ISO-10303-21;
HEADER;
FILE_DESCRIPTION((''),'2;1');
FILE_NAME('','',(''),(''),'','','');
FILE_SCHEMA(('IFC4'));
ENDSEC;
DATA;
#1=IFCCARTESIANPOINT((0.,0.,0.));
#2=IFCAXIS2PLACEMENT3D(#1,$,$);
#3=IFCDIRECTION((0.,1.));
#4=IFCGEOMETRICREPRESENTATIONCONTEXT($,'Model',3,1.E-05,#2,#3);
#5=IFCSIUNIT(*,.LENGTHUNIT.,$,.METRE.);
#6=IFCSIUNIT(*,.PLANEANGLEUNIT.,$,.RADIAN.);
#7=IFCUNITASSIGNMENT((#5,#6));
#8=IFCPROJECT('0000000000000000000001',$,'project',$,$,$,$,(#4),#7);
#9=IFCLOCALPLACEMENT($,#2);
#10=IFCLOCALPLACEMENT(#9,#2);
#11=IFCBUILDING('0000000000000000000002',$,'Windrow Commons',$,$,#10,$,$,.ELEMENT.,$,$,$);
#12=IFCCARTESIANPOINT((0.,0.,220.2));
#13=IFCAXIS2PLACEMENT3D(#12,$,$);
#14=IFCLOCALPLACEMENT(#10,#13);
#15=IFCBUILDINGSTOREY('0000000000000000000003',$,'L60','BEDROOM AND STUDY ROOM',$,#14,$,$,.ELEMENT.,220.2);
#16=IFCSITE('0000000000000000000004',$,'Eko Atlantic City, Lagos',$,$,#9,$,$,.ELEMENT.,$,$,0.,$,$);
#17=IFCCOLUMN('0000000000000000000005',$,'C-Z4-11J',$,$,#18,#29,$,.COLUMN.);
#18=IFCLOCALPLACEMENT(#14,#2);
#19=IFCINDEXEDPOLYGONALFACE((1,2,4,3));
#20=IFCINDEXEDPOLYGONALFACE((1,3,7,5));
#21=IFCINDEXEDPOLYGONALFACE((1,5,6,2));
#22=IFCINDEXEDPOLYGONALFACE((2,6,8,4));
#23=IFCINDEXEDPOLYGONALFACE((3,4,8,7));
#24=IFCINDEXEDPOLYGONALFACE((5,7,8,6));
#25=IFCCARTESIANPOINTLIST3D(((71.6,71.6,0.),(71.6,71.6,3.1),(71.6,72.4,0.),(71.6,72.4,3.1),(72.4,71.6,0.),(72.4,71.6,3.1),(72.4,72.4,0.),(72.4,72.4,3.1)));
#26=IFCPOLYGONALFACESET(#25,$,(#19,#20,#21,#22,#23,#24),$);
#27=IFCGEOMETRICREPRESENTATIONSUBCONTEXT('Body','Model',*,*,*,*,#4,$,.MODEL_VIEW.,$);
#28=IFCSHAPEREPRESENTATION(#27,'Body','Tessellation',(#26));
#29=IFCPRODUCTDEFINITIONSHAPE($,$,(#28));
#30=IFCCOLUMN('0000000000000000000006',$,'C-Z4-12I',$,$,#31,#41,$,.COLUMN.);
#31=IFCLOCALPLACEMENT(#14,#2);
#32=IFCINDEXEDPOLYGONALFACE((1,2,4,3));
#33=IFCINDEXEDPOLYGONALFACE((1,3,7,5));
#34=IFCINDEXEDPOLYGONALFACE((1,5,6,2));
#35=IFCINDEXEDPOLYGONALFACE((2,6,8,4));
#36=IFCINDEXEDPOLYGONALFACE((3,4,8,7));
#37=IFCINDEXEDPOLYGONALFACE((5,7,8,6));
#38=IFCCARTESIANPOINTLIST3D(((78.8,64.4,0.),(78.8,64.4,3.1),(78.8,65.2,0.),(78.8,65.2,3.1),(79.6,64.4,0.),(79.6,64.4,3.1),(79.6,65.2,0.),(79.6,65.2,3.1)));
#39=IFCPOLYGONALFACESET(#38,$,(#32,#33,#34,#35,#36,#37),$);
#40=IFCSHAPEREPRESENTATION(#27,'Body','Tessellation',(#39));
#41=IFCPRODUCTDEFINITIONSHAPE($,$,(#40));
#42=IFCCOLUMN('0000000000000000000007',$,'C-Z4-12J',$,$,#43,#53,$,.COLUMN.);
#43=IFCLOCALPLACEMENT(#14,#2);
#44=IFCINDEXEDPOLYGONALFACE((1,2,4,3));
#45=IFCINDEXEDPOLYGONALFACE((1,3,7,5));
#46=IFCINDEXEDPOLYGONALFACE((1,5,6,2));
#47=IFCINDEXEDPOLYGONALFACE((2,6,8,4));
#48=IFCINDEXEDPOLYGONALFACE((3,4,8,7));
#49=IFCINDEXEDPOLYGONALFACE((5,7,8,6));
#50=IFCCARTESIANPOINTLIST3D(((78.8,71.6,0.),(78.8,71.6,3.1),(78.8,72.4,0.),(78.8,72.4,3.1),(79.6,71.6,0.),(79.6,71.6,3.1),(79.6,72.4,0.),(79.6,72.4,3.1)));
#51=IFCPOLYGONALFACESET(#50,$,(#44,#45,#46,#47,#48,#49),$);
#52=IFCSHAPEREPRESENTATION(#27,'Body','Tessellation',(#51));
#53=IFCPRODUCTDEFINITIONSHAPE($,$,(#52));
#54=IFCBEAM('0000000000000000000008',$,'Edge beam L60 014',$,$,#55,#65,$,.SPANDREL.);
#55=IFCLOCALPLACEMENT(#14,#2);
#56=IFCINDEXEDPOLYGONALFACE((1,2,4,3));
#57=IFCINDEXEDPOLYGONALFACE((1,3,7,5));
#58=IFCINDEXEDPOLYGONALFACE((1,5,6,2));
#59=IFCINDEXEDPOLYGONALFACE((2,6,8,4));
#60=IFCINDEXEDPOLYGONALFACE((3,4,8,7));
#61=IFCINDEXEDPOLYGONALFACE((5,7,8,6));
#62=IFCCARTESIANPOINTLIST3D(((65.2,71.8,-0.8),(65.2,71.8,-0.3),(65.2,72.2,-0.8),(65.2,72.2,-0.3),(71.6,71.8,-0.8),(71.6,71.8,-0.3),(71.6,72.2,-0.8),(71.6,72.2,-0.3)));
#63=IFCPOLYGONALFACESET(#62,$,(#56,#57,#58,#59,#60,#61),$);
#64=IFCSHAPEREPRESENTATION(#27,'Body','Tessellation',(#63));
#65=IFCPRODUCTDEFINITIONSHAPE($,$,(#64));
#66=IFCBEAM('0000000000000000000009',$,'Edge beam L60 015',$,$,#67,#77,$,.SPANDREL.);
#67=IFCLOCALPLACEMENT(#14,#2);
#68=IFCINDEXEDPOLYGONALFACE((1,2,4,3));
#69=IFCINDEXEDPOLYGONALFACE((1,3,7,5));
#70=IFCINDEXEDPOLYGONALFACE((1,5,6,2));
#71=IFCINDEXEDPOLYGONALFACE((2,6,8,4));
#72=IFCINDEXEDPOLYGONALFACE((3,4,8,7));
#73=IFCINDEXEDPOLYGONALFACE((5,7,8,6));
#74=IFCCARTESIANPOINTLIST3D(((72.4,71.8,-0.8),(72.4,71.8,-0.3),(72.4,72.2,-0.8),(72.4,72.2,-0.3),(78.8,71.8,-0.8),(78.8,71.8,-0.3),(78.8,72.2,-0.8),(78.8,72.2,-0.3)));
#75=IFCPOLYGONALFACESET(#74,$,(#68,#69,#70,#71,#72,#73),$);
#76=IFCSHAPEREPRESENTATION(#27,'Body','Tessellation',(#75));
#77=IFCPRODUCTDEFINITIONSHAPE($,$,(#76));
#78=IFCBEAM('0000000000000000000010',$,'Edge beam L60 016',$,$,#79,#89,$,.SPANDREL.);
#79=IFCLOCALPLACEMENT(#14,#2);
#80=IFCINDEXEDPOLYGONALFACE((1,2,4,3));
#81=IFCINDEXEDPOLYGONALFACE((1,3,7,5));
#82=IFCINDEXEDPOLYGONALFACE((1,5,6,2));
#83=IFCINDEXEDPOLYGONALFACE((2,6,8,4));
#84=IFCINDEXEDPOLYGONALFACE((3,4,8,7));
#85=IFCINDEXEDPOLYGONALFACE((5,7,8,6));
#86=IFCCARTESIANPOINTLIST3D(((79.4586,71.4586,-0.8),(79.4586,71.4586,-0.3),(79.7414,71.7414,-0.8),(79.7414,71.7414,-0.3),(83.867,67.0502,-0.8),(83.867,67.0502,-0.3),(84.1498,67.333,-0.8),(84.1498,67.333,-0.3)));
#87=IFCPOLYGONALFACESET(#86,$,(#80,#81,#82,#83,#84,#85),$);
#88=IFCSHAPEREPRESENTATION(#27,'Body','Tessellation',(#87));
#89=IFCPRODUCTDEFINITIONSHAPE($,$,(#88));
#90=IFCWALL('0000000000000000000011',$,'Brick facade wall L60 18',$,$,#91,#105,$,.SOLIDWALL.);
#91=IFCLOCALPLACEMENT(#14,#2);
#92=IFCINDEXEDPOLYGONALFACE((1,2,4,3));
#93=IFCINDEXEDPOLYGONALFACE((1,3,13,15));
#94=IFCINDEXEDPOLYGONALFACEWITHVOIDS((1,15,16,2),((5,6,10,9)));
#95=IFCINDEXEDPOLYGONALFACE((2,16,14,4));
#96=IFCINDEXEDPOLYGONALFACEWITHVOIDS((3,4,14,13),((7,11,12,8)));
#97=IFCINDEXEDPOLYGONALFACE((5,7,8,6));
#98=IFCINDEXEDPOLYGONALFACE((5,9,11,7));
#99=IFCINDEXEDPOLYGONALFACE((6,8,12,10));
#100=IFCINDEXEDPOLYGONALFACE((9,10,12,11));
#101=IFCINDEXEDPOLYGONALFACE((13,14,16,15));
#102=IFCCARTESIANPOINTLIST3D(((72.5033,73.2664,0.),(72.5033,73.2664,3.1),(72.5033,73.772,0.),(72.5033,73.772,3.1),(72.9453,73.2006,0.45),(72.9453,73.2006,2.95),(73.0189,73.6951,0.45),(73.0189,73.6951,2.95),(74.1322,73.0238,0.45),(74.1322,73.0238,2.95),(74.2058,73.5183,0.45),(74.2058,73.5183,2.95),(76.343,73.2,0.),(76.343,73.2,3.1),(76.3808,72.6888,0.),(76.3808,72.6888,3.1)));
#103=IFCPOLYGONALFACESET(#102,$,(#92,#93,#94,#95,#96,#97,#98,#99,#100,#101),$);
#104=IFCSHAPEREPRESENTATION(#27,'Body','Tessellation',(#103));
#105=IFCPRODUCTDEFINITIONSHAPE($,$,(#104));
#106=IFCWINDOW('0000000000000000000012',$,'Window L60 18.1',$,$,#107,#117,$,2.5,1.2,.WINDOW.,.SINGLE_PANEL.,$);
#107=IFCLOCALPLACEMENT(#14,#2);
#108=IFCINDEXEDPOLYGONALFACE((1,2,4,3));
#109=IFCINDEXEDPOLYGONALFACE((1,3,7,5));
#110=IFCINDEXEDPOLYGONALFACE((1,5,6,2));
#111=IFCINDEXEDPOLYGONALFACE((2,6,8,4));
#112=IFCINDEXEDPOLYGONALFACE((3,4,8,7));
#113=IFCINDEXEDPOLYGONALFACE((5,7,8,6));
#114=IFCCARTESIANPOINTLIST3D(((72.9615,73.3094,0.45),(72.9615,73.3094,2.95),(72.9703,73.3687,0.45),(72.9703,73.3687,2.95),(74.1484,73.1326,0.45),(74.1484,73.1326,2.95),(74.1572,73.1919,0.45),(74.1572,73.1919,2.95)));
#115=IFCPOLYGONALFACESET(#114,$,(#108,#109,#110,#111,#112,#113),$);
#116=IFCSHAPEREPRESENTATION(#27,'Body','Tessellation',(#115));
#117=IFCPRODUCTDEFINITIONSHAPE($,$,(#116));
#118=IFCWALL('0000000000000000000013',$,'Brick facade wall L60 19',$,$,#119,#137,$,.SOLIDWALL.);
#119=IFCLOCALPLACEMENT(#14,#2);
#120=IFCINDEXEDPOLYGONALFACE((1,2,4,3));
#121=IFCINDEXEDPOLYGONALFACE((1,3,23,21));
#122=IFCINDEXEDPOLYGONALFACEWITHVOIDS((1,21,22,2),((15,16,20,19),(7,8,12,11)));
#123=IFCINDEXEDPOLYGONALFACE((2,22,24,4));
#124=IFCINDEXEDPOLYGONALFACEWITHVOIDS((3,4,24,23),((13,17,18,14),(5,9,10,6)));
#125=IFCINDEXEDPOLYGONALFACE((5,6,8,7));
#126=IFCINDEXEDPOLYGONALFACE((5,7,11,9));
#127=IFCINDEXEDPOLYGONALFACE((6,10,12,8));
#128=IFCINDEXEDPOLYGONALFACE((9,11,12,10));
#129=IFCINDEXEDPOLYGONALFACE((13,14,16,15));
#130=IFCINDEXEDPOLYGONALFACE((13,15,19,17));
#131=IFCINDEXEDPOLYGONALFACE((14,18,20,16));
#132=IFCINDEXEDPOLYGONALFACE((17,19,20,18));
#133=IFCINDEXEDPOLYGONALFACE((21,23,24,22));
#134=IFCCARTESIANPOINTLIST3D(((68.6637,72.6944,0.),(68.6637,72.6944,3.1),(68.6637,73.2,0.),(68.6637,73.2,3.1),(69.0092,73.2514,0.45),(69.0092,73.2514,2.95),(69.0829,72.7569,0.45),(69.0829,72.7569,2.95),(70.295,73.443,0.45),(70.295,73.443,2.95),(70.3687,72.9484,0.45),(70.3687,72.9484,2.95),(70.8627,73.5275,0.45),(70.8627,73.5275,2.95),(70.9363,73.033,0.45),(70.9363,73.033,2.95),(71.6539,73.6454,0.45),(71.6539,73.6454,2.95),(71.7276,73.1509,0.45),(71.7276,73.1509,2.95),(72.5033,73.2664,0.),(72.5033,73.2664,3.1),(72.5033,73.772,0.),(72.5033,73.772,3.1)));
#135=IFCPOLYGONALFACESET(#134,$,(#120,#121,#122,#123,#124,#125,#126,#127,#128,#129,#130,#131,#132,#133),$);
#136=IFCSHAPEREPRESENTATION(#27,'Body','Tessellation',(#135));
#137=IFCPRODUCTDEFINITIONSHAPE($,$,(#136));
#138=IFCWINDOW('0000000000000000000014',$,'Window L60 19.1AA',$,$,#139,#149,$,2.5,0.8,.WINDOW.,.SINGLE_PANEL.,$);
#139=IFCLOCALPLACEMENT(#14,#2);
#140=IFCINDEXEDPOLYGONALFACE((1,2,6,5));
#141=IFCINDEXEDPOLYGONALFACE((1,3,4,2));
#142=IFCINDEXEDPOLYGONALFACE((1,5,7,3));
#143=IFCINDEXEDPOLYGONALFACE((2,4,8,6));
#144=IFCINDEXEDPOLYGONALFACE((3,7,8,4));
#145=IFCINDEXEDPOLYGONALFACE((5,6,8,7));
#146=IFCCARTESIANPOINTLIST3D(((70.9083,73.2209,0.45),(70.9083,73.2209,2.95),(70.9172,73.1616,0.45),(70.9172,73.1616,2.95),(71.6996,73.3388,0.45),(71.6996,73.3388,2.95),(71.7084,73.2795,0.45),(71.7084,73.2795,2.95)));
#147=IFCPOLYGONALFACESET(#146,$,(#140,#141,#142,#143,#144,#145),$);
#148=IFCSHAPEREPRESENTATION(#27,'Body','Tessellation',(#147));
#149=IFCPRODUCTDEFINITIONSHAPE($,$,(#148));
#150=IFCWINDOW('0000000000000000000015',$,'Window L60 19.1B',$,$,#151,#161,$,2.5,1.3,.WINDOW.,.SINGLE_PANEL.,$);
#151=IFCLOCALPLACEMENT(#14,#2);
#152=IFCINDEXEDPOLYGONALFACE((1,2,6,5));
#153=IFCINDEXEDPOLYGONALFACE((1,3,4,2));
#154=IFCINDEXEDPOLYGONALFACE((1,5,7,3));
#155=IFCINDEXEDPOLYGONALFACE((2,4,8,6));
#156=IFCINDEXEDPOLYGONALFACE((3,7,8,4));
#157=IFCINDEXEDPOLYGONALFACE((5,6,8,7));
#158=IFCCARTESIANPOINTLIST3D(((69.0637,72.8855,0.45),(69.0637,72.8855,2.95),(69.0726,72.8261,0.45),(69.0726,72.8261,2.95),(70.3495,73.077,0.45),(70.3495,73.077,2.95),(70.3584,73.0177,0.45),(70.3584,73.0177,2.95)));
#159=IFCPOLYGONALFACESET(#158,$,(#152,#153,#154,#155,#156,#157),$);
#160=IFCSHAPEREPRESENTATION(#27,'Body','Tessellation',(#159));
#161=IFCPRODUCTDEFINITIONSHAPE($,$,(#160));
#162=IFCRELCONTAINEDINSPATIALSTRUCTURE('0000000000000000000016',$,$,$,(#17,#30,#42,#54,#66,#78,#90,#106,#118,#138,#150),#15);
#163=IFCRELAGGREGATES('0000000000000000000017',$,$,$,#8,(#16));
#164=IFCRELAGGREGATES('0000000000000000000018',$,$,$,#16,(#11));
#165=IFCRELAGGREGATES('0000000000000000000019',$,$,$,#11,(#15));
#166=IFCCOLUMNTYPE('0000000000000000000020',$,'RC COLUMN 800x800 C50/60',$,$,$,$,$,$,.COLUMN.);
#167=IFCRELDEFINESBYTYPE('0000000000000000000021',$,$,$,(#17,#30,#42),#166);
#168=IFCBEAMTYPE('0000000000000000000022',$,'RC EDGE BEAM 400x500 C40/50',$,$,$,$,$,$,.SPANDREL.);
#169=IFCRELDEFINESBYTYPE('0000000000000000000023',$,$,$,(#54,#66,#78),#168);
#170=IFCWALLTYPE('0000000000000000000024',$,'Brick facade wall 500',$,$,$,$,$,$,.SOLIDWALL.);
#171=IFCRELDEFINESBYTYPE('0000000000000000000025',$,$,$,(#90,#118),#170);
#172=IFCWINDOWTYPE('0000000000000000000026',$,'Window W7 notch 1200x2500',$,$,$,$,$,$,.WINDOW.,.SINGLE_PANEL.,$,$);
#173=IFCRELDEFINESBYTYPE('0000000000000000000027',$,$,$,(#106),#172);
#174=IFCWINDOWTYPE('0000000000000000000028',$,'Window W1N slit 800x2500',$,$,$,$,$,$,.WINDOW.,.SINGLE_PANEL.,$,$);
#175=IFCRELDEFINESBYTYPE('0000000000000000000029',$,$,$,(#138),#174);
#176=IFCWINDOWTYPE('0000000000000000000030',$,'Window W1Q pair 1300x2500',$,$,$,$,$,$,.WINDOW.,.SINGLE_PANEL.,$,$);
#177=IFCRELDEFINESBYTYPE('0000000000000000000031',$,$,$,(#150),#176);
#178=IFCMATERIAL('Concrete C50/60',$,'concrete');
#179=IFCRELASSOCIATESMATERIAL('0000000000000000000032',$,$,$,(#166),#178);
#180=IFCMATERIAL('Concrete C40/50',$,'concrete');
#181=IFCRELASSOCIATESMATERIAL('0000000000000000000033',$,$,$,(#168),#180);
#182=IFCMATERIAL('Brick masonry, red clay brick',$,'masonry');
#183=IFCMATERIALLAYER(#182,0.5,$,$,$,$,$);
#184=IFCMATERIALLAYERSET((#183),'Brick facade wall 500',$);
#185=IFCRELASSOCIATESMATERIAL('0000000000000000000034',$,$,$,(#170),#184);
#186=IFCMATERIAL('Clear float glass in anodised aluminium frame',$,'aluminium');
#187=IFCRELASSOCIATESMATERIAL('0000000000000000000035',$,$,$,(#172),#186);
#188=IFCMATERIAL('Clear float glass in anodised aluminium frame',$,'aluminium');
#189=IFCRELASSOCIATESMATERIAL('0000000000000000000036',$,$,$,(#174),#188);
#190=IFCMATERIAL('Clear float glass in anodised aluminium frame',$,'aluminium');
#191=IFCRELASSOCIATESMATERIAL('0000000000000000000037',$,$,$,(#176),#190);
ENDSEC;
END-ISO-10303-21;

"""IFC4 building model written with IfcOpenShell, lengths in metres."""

from ifc_helpers import new_model, si_unit, direction, frame, frame_2d, origin, origin_2d, place, context, subcontext, project, spatial, polyline, rectangle, outline, extrude, material, layer, layer_set, material_profile, profile_set, type_object, element, fill, save


model = new_model("IFC4")

# Units and contexts
model_context = context("Model", 3, precision=1e-05, world=origin(), true_north=direction((0.0, 1.0)))
body_context = subcontext(model_context, "Body", "Model", "MODEL_VIEW")
ifc_project = project(units=[si_unit("LENGTHUNIT", "METRE"), si_unit("PLANEANGLEUNIT", "RADIAN")], contexts=[model_context])

# Site, building, storey
site_placement = place(None, origin())
site = spatial("IfcSite", under=ifc_project, at=site_placement, Name="Eko Atlantic City, Lagos", CompositionType="ELEMENT", RefElevation=0.0)
building_placement = place(site_placement, origin())
building = spatial("IfcBuilding", under=site, at=building_placement, Name="Windrow Commons", CompositionType="ELEMENT")
storey_placement = place(building_placement, frame((0.0, 0.0, 220.2)))
storey = spatial("IfcBuildingStorey", under=building, at=storey_placement, Name="L60", Description="BEDROOM AND STUDY ROOM", CompositionType="ELEMENT", Elevation=220.2)

# Columns
ifc_material_1 = material(Name="Concrete C50/60", Category="concrete")
ifc_material_profile_1 = material_profile(ifc_material_1, rectangle(XDim=0.8, YDim=0.8, at=origin_2d()))
ifc_profile_set_1 = profile_set([ifc_material_profile_1], Name="Concrete C50/60")
column_type = type_object("IfcColumnType", Name="RC COLUMN 800x800 C50/60", PredefinedType="COLUMN", material=ifc_profile_set_1)
for number, where, z_axis, x_axis, name in (
    (1, (72.0, 72.0, 0.0), (0.0, 0.0, 1.0), (1.0, 0.0, 0.0), "C-Z4-11J"),
    (2, (79.2, 64.8, 0.0), (0.0, 0.0, 1.0), (1.0, 0.0, 0.0), "C-Z4-12I"),
    (3, (79.2, 72.0, 0.0), (0.0, 0.0, 1.0), (1.0, 0.0, 0.0), "C-Z4-12J"),
):
    element("IfcColumn", number, at=place(storey_placement, frame(where, z_axis=z_axis, x_axis=x_axis)), inside=storey, type_object=column_type, Name=name, PredefinedType="COLUMN", context=body_context, shape_type="SweptSolid", body=[
        extrude(rectangle(XDim=0.8, YDim=0.8, at=origin_2d()), origin(), (0.0, 0.0, 1.0), 3.1),
    ])

# Beams
ifc_material_2 = material(Name="Concrete C40/50", Category="concrete")
ifc_material_profile_2 = material_profile(ifc_material_2, rectangle(XDim=0.4, YDim=0.5, at=origin_2d()))
ifc_profile_set_2 = profile_set([ifc_material_profile_2], Name="Concrete C40/50")
beam_type = type_object("IfcBeamType", Name="RC EDGE BEAM 400x500 C40/50", PredefinedType="SPANDREL", material=ifc_profile_set_2)
for number, where, z_axis, x_axis, name in (
    (4, (65.2, 72.0, -0.55), (1.0, 0.0, 0.0), (0.0, 1.0, 0.0), "Edge beam L60 014"),
    (5, (72.4, 72.0, -0.55), (1.0, 0.0, 0.0), (0.0, 1.0, 0.0), "Edge beam L60 015"),
):
    element("IfcBeam", number, at=place(storey_placement, frame(where, z_axis=z_axis, x_axis=x_axis)), inside=storey, type_object=beam_type, Name=name, PredefinedType="SPANDREL", context=body_context, shape_type="SweptSolid", body=[
        extrude(rectangle(XDim=0.4, YDim=0.5, at=origin_2d()), origin(), (0.0, 0.0, 1.0), 6.4),
    ])
beam_placement = place(storey_placement, frame((79.6, 71.6, -0.55), z_axis=(0.707107, -0.707107, 0.0), x_axis=(0.707107, 0.707107, 0.0)))
element("IfcBeam", 6, at=beam_placement, inside=storey, type_object=beam_type, Name="Edge beam L60 016", PredefinedType="SPANDREL", context=body_context, shape_type="SweptSolid", body=[
    extrude(rectangle(XDim=0.4, YDim=0.5, at=origin_2d()), origin(), (0.0, 0.0, 1.0), 6.2344),
])

# Wall, opening, window
ifc_material_3 = material(Name="Brick masonry, red clay brick", Category="masonry")
ifc_layer_1 = layer(ifc_material_3, 0.5)
ifc_layer_set_1 = layer_set([ifc_layer_1], Name="Brick facade wall 500")
wall_type_1 = type_object("IfcWallType", Name="Brick facade wall 500", PredefinedType="SOLIDWALL", material=ifc_layer_set_1)
wall_1_placement = place(storey_placement, frame((76.3619, 72.9444, 0.0), z_axis=(0.0, 0.0, 1.0), x_axis=(-0.989086, 0.14734, 0.0)))
wall_1 = element("IfcWall", 7, at=wall_1_placement, inside=storey, type_object=wall_type_1, Name="Brick facade wall L60 18", PredefinedType="SOLIDWALL", context=body_context, shape_type="SweptSolid", body=[
    extrude(outline(polyline([(0.0564, -0.25), (3.9384, -0.25), (3.8639, 0.25), (-0.0564, 0.25), (0.0564, -0.25)])), origin(), (0.0, 0.0, 1.0), 3.1),
])
opening_1_placement = place(wall_1_placement, frame((2.2171, 0.0, 0.45)))
opening_1 = element("IfcOpeningElement", 8, at=opening_1_placement, cuts=wall_1, PredefinedType="OPENING", context=body_context, shape_type="SweptSolid", body=[
    extrude(rectangle(XDim=1.2, YDim=2.5, at=frame_2d((0.6, 1.25))), frame((0.0, 0.26, 0.0), z_axis=(0.0, -1.0, 0.0), x_axis=(1.0, 0.0, 0.0)), (0.0, 0.0, 1.0), 0.52),
])
ifc_material_4 = material(Name="Clear float glass in anodised aluminium frame", Category="aluminium")
window_type_1 = type_object("IfcWindowType", Name="Window W7 notch 1200x2500", PartitioningType="SINGLE_PANEL", PredefinedType="WINDOW", material=ifc_material_4)
window_1_placement = place(opening_1_placement, origin())
window_1 = element("IfcWindow", 9, at=window_1_placement, inside=storey, type_object=window_type_1, Name="Window L60 18.1", OverallHeight=2.5, OverallWidth=1.2, PartitioningType="SINGLE_PANEL", PredefinedType="WINDOW", context=body_context, shape_type="SweptSolid", body=[
    extrude(rectangle(XDim=1.2, YDim=2.5, at=frame_2d((0.6, 1.25))), frame((0.0, 0.14, 0.0), z_axis=(0.0, -1.0, 0.0), x_axis=(1.0, 0.0, 0.0)), (0.0, 0.0, 1.0), 0.06),
])
fill(opening_1, window_1)

# Wall, openings, windows
wall_2_placement = place(storey_placement, frame((72.5033, 73.5192, 0.0), z_axis=(0.0, 0.0, 1.0), x_axis=(-0.989085, -0.147348, 0.0)))
wall_2 = element("IfcWall", 10, at=wall_2_placement, inside=storey, type_object=wall_type_1, Name="Brick facade wall L60 19", PredefinedType="SOLIDWALL", context=body_context, shape_type="SweptSolid", body=[
    extrude(outline(polyline([(-0.0372, -0.25), (3.8447, -0.25), (3.9192, 0.25), (0.0372, 0.25), (-0.0372, -0.25)])), origin(), (0.0, 0.0, 1.0), 3.1),
])
opening_2_placement = place(wall_2_placement, frame((2.1954, 0.0, 0.45)))
opening_2 = element("IfcOpeningElement", 11, at=opening_2_placement, cuts=wall_2, PredefinedType="OPENING", context=body_context, shape_type="SweptSolid", body=[
    extrude(rectangle(XDim=1.3, YDim=2.5, at=frame_2d((0.65, 1.25))), frame((0.0, 0.26, 0.0), z_axis=(0.0, -1.0, 0.0), x_axis=(1.0, 0.0, 0.0)), (0.0, 0.0, 1.0), 0.52),
])
opening_3_placement = place(wall_2_placement, frame((0.8215, 0.0, 0.45)))
opening_3 = element("IfcOpeningElement", 12, at=opening_3_placement, cuts=wall_2, PredefinedType="OPENING", context=body_context, shape_type="SweptSolid", body=[
    extrude(rectangle(XDim=0.8, YDim=2.5, at=frame_2d((0.4, 1.25))), frame((0.0, 0.26, 0.0), z_axis=(0.0, -1.0, 0.0), x_axis=(1.0, 0.0, 0.0)), (0.0, 0.0, 1.0), 0.52),
])
ifc_material_5 = material(Name="Clear float glass in anodised aluminium frame", Category="aluminium")
window_type_2 = type_object("IfcWindowType", Name="Window W1N slit 800x2500", PartitioningType="SINGLE_PANEL", PredefinedType="WINDOW", material=ifc_material_5)
window_2_placement = place(opening_3_placement, origin())
window_2 = element("IfcWindow", 13, at=window_2_placement, inside=storey, type_object=window_type_2, Name="Window L60 19.1AA", OverallHeight=2.5, OverallWidth=0.8, PartitioningType="SINGLE_PANEL", PredefinedType="WINDOW", context=body_context, shape_type="SweptSolid", body=[
    extrude(rectangle(XDim=0.8, YDim=2.5, at=frame_2d((0.4, 1.25))), frame((0.0, 0.12, 0.0), z_axis=(0.0, -1.0, 0.0), x_axis=(1.0, 0.0, 0.0)), (0.0, 0.0, 1.0), 0.06),
])
fill(opening_3, window_2)
ifc_material_6 = material(Name="Clear float glass in anodised aluminium frame", Category="aluminium")
window_type_3 = type_object("IfcWindowType", Name="Window W1Q pair 1300x2500", PartitioningType="SINGLE_PANEL", PredefinedType="WINDOW", material=ifc_material_6)
window_3_placement = place(opening_2_placement, origin())
window_3 = element("IfcWindow", 14, at=window_3_placement, inside=storey, type_object=window_type_3, Name="Window L60 19.1B", OverallHeight=2.5, OverallWidth=1.3, PartitioningType="SINGLE_PANEL", PredefinedType="WINDOW", context=body_context, shape_type="SweptSolid", body=[
    extrude(rectangle(XDim=1.3, YDim=2.5, at=frame_2d((0.65, 1.25))), frame((0.0, 0.18, 0.0), z_axis=(0.0, -1.0, 0.0), x_axis=(1.0, 0.0, 0.0)), (0.0, 0.0, 1.0), 0.06),
])
fill(opening_2, window_3)

save(model, "model.ifc")
